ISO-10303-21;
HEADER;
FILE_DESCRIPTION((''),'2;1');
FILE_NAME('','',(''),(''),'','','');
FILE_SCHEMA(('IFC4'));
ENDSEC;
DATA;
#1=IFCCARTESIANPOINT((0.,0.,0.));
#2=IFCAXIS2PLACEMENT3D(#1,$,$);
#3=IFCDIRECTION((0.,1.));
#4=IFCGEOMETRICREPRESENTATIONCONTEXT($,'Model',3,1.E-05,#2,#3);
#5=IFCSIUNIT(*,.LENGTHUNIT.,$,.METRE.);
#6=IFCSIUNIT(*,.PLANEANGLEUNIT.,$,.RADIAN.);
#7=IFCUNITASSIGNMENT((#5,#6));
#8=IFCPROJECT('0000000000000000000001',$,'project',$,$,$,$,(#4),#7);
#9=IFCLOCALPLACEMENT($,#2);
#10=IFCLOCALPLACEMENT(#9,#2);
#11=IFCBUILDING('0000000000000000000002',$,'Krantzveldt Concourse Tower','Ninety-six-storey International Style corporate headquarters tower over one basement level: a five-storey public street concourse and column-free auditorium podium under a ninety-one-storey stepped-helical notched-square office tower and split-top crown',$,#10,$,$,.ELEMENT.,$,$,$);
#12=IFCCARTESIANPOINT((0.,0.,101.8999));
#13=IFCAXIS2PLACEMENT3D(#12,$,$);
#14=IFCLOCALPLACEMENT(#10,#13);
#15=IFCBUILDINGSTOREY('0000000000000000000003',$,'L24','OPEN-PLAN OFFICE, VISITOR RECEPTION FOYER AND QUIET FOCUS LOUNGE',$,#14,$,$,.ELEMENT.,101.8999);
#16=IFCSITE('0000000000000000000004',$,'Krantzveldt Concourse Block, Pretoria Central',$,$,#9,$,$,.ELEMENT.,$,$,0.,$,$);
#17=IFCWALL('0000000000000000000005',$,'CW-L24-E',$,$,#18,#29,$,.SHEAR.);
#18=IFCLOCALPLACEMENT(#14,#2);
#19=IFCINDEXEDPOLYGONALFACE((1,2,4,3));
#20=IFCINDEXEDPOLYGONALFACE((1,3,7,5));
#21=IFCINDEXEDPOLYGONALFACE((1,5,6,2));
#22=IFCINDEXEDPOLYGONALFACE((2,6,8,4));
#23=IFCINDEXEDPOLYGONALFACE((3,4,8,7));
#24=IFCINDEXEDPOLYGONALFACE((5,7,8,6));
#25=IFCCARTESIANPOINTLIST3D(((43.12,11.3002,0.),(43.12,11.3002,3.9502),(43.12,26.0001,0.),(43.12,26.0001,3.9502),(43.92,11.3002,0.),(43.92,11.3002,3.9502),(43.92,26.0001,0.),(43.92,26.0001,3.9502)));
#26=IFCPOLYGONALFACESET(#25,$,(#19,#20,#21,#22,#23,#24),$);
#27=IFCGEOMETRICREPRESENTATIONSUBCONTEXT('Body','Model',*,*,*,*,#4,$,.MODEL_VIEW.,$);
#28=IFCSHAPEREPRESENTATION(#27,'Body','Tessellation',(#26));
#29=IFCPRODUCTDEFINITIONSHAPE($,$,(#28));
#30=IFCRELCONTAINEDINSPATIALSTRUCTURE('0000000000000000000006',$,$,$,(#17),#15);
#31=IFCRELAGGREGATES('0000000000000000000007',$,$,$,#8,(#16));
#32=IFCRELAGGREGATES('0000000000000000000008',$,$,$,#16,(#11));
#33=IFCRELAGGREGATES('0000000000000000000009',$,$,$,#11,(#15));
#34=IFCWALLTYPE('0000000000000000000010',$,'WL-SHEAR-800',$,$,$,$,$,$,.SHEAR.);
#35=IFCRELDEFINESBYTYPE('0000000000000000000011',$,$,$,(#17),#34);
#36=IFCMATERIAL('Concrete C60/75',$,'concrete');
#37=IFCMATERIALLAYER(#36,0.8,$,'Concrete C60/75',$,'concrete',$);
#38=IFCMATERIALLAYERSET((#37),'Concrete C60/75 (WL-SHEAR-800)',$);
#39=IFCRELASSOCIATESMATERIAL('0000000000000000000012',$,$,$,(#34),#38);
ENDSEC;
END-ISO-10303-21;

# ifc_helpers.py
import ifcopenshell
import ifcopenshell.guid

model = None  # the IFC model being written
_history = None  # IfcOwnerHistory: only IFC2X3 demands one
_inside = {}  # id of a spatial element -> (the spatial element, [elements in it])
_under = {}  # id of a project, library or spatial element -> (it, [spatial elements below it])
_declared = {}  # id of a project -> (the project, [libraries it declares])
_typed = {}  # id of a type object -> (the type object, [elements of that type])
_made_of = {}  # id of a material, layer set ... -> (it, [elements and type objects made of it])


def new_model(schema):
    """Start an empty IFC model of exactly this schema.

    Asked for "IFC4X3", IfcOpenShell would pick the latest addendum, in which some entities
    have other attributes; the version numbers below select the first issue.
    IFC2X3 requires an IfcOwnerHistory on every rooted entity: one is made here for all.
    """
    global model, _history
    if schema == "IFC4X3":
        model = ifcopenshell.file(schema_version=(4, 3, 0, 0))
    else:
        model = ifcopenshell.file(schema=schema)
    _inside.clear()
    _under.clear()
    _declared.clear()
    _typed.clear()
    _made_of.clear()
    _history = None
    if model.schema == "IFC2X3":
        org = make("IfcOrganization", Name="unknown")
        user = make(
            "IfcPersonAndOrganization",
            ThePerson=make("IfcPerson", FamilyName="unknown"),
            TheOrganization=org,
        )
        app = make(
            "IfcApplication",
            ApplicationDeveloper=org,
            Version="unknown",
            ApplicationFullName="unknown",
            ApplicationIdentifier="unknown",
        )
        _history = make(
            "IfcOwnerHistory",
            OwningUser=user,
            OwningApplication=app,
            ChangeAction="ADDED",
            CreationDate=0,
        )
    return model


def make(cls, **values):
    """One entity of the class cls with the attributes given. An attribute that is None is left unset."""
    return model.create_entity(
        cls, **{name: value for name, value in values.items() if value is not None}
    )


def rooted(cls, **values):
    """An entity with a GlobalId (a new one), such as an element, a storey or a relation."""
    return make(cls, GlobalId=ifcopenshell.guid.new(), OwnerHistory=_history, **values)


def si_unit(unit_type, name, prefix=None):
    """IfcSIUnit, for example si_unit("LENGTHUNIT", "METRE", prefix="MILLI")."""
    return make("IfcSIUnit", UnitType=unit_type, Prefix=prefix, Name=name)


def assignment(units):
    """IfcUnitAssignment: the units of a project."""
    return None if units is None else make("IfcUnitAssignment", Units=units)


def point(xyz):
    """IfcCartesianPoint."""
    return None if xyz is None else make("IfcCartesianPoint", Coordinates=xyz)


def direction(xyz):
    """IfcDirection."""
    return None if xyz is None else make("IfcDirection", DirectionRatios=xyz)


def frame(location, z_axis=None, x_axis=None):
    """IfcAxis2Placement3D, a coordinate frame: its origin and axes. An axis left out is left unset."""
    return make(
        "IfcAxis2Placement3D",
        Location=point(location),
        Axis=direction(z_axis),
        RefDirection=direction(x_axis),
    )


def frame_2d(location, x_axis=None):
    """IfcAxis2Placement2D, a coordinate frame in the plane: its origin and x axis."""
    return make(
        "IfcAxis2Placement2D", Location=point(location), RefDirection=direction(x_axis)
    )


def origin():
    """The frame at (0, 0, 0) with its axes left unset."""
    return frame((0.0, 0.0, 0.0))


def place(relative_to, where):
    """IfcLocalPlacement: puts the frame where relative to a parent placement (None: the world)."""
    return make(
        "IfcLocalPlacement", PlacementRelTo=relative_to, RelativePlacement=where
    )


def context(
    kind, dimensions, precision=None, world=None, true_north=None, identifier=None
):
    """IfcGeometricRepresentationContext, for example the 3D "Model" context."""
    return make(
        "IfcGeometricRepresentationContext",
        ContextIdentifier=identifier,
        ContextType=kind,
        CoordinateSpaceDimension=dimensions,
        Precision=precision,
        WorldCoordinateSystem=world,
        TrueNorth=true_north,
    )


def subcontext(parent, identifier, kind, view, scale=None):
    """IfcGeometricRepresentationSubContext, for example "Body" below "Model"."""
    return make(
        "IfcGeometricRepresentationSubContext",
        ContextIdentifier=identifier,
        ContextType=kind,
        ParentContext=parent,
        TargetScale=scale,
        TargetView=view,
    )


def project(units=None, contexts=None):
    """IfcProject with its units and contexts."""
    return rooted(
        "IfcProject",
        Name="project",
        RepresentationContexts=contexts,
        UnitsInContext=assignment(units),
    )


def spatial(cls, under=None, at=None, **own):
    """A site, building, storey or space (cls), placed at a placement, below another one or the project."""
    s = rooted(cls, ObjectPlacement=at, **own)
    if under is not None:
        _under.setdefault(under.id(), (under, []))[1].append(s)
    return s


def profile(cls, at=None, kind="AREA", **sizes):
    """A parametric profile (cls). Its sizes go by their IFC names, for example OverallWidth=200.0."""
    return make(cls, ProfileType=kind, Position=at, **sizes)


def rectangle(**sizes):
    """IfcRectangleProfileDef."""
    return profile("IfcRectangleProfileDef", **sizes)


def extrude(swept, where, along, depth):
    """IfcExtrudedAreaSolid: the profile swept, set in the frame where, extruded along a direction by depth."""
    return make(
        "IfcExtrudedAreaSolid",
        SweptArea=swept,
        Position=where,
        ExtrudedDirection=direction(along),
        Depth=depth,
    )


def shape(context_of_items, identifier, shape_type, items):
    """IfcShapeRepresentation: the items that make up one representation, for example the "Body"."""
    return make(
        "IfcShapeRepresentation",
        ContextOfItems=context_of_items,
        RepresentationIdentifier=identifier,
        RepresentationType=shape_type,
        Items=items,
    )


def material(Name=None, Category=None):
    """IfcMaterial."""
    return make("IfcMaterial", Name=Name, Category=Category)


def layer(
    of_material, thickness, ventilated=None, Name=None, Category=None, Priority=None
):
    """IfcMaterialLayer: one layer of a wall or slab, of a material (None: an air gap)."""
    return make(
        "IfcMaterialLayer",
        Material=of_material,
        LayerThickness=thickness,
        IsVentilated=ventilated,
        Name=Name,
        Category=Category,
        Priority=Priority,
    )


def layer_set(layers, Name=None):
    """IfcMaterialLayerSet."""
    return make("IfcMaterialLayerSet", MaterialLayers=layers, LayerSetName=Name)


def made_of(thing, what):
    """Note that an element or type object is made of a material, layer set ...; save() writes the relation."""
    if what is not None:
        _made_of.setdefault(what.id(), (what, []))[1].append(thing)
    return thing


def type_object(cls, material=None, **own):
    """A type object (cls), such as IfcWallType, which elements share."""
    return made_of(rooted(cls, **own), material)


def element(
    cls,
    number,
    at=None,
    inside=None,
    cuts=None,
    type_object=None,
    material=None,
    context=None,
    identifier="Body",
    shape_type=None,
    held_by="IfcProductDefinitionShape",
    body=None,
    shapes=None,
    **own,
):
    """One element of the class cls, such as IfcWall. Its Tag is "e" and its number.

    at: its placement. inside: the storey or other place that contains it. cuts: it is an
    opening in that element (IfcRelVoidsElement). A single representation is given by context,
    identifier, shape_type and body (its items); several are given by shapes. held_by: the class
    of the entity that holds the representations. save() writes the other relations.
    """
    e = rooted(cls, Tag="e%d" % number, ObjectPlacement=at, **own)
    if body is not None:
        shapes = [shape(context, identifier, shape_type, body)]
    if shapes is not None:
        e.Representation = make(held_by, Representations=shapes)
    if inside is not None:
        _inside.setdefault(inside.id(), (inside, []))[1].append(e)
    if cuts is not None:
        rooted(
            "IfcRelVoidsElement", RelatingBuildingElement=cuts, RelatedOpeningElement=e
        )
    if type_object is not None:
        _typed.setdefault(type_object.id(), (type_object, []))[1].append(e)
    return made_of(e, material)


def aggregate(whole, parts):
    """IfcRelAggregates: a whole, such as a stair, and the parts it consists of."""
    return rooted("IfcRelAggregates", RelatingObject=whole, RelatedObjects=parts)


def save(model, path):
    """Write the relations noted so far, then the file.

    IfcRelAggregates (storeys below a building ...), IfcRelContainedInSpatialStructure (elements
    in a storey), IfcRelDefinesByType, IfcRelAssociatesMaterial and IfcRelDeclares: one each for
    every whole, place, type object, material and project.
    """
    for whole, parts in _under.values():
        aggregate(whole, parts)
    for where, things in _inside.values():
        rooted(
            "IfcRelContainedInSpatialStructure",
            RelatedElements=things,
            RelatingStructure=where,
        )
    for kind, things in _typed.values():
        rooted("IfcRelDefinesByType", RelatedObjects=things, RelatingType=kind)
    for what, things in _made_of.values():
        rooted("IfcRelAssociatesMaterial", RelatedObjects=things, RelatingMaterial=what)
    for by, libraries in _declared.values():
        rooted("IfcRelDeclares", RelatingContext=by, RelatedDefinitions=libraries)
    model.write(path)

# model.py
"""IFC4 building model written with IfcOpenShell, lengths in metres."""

from ifc_helpers import new_model, si_unit, direction, frame, frame_2d, origin, place, context, subcontext, project, spatial, rectangle, extrude, material, layer, layer_set, type_object, element, save


model = new_model("IFC4")

# Units and contexts
model_context = context("Model", 3, precision=1e-05, world=origin(), true_north=direction((0.0, 1.0)))
body_context = subcontext(model_context, "Body", "Model", "MODEL_VIEW")
ifc_project = project(units=[si_unit("LENGTHUNIT", "METRE"), si_unit("PLANEANGLEUNIT", "RADIAN")], contexts=[model_context])

# Site, building, storey
site_placement = place(None, origin())
site = spatial("IfcSite", under=ifc_project, at=site_placement, Name="Krantzveldt Concourse Block, Pretoria Central", CompositionType="ELEMENT", RefElevation=0.0)
building_placement = place(site_placement, origin())
building = spatial("IfcBuilding", under=site, at=building_placement, Name="Krantzveldt Concourse Tower", Description="Ninety-six-storey International Style corporate headquarters tower over one basement level: a five-storey public street concourse and column-free auditorium podium under a ninety-one-storey stepped-helical notched-square office tower and split-top crown", CompositionType="ELEMENT")
storey_placement = place(building_placement, frame((0.0, 0.0, 101.8999)))
storey = spatial("IfcBuildingStorey", under=building, at=storey_placement, Name="L24", Description="OPEN-PLAN OFFICE, VISITOR RECEPTION FOYER AND QUIET FOCUS LOUNGE", CompositionType="ELEMENT", Elevation=101.8999)

# Shared definitions
ifc_material_1 = material(Name="Concrete C60/75", Category="concrete")

# Wall
ifc_layer_1 = layer(ifc_material_1, 0.8, Name="Concrete C60/75", Category="concrete")
ifc_layer_set_1 = layer_set([ifc_layer_1], Name="Concrete C60/75 (WL-SHEAR-800)")
wall_type_1 = type_object("IfcWallType", Name="WL-SHEAR-800", PredefinedType="SHEAR", material=ifc_layer_set_1)
wall_1_placement = place(storey_placement, frame((43.52, 11.3, 0.0), z_axis=(0.0, 0.0, 1.0), x_axis=(0.0, 1.0, 0.0)))
element("IfcWall", 1, at=wall_1_placement, inside=storey, type_object=wall_type_1, Name="CW-L24-E", PredefinedType="SHEAR", context=body_context, shape_type="SweptSolid", body=[
    extrude(rectangle(XDim=14.7, YDim=0.8, at=frame_2d((7.3501, 0.0))), origin(), (0.0, 0.0, 1.0), 3.9502),
])

save(model, "model.ifc")
